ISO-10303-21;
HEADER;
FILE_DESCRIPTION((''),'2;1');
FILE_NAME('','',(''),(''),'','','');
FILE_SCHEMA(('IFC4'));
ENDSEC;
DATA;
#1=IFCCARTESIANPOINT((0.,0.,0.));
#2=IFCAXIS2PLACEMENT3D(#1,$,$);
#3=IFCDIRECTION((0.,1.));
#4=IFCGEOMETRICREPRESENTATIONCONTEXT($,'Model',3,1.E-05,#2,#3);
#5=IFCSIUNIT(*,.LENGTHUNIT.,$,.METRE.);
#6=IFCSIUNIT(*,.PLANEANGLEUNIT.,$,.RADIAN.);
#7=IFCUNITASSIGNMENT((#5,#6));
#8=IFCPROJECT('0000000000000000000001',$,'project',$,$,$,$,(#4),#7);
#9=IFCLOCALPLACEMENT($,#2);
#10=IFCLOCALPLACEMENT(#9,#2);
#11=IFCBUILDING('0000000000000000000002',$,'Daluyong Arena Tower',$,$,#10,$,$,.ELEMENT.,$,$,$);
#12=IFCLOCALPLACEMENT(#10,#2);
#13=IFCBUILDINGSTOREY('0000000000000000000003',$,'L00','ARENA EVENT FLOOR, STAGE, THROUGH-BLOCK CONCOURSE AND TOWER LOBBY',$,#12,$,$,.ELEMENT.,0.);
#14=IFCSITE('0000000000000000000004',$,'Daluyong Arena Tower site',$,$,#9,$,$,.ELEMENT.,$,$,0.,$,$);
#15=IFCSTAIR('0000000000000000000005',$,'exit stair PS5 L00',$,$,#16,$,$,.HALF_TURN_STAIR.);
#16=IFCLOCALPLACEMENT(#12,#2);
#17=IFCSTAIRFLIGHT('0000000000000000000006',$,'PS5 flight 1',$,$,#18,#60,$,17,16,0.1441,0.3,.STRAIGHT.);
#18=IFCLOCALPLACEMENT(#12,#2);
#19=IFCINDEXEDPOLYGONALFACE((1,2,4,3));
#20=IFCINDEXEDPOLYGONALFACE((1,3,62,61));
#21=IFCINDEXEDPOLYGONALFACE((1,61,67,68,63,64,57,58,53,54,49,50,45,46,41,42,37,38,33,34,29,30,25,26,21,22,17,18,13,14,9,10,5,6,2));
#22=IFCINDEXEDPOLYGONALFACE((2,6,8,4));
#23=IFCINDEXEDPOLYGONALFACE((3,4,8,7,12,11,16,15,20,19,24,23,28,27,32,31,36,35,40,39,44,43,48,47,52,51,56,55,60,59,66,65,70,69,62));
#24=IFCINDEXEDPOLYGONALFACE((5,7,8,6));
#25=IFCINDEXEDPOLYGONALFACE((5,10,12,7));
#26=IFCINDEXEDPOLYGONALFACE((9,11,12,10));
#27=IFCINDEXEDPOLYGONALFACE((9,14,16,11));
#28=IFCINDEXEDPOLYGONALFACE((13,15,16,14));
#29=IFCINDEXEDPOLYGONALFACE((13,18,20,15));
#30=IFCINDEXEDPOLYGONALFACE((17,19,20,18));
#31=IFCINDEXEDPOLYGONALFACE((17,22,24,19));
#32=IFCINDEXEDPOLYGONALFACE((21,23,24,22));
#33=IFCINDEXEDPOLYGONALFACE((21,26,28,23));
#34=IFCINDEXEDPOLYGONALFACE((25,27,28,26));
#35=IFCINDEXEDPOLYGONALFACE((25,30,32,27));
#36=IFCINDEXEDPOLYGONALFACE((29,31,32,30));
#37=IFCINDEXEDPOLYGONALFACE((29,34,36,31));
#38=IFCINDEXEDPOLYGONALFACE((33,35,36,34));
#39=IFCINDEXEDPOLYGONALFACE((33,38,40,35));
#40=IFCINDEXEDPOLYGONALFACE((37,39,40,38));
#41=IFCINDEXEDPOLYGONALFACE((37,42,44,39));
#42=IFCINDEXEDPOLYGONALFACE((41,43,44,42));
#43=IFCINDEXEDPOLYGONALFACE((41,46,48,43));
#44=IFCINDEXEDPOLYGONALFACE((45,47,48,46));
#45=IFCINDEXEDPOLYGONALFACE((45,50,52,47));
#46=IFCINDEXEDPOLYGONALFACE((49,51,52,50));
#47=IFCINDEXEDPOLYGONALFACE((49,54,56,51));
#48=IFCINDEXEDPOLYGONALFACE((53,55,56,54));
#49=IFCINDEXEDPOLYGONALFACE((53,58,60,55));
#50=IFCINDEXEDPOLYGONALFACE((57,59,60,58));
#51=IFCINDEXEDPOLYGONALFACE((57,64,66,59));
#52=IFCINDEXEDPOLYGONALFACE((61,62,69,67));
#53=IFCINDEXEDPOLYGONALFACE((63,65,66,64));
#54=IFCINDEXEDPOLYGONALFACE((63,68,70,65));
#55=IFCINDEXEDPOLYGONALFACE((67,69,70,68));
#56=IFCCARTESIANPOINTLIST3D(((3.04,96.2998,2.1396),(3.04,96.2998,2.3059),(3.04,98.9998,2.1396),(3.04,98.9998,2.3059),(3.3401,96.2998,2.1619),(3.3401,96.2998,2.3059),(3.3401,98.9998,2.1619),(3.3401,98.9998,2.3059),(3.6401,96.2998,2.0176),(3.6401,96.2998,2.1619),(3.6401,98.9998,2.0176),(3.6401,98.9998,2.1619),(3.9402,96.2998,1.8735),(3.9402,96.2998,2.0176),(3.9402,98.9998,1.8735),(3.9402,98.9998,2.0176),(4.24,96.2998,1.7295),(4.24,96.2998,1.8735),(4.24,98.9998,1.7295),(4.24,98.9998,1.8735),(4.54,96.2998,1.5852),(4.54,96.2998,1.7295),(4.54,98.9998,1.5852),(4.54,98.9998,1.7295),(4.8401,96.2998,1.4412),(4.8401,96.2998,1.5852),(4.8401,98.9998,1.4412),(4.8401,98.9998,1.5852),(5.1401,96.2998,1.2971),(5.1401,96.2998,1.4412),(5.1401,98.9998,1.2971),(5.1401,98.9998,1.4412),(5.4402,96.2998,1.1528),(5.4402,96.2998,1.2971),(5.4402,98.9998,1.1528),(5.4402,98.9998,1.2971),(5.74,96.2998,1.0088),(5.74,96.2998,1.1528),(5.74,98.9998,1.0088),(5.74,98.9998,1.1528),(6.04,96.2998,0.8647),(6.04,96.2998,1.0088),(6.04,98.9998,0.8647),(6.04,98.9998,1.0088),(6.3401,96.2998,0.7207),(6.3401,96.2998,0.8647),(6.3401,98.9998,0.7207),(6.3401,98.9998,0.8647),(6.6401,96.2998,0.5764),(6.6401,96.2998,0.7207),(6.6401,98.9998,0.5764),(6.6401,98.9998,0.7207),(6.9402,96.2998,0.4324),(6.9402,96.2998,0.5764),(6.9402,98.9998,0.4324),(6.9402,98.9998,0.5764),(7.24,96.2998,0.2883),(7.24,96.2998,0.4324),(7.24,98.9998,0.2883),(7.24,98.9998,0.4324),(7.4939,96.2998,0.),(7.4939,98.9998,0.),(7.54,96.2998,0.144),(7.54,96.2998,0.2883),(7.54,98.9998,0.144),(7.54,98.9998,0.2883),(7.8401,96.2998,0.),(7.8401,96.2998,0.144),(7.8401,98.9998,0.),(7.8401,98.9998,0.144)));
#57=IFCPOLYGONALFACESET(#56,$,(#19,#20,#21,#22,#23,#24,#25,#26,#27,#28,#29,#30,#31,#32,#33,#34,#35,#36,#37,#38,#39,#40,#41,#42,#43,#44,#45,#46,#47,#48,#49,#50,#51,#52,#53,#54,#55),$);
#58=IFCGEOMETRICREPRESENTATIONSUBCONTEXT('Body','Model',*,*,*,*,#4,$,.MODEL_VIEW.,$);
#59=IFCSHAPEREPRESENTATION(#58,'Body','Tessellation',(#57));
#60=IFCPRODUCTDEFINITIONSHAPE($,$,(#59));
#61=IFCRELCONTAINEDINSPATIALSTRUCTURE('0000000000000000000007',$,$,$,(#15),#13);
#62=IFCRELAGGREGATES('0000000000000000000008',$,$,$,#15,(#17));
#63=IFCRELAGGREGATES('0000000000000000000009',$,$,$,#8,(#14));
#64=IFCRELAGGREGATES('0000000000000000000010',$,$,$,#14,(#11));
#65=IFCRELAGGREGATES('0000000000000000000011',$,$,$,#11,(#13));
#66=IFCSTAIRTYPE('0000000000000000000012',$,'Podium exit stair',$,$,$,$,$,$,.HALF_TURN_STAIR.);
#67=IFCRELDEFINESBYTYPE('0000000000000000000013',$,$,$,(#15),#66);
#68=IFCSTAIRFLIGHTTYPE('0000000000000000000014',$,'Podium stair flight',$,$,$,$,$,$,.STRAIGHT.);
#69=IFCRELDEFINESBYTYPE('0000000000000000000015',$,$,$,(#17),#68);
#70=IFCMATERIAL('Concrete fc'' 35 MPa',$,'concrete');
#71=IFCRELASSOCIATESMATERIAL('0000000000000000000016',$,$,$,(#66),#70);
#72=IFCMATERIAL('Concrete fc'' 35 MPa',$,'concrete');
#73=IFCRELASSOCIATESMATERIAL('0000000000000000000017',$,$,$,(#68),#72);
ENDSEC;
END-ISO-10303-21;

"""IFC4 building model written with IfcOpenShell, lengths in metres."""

from ifc_helpers import new_model, si_unit, direction, frame, origin, place, context, subcontext, project, spatial, polyline, outline, extrude, material, type_object, element, aggregate, save


model = new_model("IFC4")

# Units and contexts
model_context = context("Model", 3, precision=1e-05, world=origin(), true_north=direction((0.0, 1.0)))
body_context = subcontext(model_context, "Body", "Model", "MODEL_VIEW")
ifc_project = project(units=[si_unit("LENGTHUNIT", "METRE"), si_unit("PLANEANGLEUNIT", "RADIAN")], contexts=[model_context])

# Site, building, storey
site_placement = place(None, origin())
site = spatial("IfcSite", under=ifc_project, at=site_placement, Name="Daluyong Arena Tower site", CompositionType="ELEMENT", RefElevation=0.0)
building_placement = place(site_placement, origin())
building = spatial("IfcBuilding", under=site, at=building_placement, Name="Daluyong Arena Tower", CompositionType="ELEMENT")
storey_placement = place(building_placement, origin())
storey = spatial("IfcBuildingStorey", under=building, at=storey_placement, Name="L00", Description="ARENA EVENT FLOOR, STAGE, THROUGH-BLOCK CONCOURSE AND TOWER LOBBY", CompositionType="ELEMENT", Elevation=0.0)

# Stair, stair flight
ifc_material_1 = material(Name="Concrete fc' 35 MPa", Category="concrete")
stair_type = type_object("IfcStairType", Name="Podium exit stair", PredefinedType="HALF_TURN_STAIR", material=ifc_material_1)
stair_placement = place(storey_placement, origin())
stair = element("IfcStair", 1, at=stair_placement, inside=storey, type_object=stair_type, Name="exit stair PS5 L00", PredefinedType="HALF_TURN_STAIR")
ifc_material_2 = material(Name="Concrete fc' 35 MPa", Category="concrete")
stair_flight_type = type_object("IfcStairFlightType", Name="Podium stair flight", PredefinedType="STRAIGHT", material=ifc_material_2)
stair_flight_placement = place(storey_placement, frame((7.8401, 97.6499, 0.0), z_axis=(0.0, 0.0, 1.0), x_axis=(-1.0, 0.0, 0.0)))
stair_flight = element("IfcStairFlight", 2, at=stair_flight_placement, type_object=stair_flight_type, Name="PS5 flight 1", NumberOfRisers=17, NumberOfTreads=16, PredefinedType="STRAIGHT", RiserHeight=0.1441, TreadLength=0.3, context=body_context, shape_type="SweptSolid", body=[
    extrude(outline(polyline([(0.0, 0.0), (0.0, 0.144), (0.3, 0.144), (0.3, 0.2883), (0.6001, 0.2883), (0.6001, 0.4324), (0.8999, 0.4324), (0.8999, 0.5764), (1.2, 0.5764), (1.2, 0.7207), (1.5, 0.7207), (1.5, 0.8647), (1.8, 0.8647), (1.8, 1.0088), (2.1001, 1.0088), (2.1001, 1.1528), (2.3999, 1.1528), (2.3999, 1.2971), (2.7, 1.2971), (2.7, 1.4412), (3.0, 1.4412), (3.0, 1.5852), (3.3, 1.5852), (3.3, 1.7295), (3.6001, 1.7295), (3.6001, 1.8735), (3.8999, 1.8735), (3.8999, 2.0176), (4.2, 2.0176), (4.2, 2.1619), (4.5, 2.1619), (4.5, 2.3059), (4.8, 2.3059), (4.8, 2.45), (4.8, 2.1396), (0.3462, 0.0), (0.0, 0.0)])), frame((0.0, 1.3501, 0.0), z_axis=(0.0, -1.0, 0.0), x_axis=(1.0, 0.0, 0.0)), (0.0, 0.0, 1.0), 2.7),
])
aggregate(stair, [stair_flight])

save(model, "model.ifc")
